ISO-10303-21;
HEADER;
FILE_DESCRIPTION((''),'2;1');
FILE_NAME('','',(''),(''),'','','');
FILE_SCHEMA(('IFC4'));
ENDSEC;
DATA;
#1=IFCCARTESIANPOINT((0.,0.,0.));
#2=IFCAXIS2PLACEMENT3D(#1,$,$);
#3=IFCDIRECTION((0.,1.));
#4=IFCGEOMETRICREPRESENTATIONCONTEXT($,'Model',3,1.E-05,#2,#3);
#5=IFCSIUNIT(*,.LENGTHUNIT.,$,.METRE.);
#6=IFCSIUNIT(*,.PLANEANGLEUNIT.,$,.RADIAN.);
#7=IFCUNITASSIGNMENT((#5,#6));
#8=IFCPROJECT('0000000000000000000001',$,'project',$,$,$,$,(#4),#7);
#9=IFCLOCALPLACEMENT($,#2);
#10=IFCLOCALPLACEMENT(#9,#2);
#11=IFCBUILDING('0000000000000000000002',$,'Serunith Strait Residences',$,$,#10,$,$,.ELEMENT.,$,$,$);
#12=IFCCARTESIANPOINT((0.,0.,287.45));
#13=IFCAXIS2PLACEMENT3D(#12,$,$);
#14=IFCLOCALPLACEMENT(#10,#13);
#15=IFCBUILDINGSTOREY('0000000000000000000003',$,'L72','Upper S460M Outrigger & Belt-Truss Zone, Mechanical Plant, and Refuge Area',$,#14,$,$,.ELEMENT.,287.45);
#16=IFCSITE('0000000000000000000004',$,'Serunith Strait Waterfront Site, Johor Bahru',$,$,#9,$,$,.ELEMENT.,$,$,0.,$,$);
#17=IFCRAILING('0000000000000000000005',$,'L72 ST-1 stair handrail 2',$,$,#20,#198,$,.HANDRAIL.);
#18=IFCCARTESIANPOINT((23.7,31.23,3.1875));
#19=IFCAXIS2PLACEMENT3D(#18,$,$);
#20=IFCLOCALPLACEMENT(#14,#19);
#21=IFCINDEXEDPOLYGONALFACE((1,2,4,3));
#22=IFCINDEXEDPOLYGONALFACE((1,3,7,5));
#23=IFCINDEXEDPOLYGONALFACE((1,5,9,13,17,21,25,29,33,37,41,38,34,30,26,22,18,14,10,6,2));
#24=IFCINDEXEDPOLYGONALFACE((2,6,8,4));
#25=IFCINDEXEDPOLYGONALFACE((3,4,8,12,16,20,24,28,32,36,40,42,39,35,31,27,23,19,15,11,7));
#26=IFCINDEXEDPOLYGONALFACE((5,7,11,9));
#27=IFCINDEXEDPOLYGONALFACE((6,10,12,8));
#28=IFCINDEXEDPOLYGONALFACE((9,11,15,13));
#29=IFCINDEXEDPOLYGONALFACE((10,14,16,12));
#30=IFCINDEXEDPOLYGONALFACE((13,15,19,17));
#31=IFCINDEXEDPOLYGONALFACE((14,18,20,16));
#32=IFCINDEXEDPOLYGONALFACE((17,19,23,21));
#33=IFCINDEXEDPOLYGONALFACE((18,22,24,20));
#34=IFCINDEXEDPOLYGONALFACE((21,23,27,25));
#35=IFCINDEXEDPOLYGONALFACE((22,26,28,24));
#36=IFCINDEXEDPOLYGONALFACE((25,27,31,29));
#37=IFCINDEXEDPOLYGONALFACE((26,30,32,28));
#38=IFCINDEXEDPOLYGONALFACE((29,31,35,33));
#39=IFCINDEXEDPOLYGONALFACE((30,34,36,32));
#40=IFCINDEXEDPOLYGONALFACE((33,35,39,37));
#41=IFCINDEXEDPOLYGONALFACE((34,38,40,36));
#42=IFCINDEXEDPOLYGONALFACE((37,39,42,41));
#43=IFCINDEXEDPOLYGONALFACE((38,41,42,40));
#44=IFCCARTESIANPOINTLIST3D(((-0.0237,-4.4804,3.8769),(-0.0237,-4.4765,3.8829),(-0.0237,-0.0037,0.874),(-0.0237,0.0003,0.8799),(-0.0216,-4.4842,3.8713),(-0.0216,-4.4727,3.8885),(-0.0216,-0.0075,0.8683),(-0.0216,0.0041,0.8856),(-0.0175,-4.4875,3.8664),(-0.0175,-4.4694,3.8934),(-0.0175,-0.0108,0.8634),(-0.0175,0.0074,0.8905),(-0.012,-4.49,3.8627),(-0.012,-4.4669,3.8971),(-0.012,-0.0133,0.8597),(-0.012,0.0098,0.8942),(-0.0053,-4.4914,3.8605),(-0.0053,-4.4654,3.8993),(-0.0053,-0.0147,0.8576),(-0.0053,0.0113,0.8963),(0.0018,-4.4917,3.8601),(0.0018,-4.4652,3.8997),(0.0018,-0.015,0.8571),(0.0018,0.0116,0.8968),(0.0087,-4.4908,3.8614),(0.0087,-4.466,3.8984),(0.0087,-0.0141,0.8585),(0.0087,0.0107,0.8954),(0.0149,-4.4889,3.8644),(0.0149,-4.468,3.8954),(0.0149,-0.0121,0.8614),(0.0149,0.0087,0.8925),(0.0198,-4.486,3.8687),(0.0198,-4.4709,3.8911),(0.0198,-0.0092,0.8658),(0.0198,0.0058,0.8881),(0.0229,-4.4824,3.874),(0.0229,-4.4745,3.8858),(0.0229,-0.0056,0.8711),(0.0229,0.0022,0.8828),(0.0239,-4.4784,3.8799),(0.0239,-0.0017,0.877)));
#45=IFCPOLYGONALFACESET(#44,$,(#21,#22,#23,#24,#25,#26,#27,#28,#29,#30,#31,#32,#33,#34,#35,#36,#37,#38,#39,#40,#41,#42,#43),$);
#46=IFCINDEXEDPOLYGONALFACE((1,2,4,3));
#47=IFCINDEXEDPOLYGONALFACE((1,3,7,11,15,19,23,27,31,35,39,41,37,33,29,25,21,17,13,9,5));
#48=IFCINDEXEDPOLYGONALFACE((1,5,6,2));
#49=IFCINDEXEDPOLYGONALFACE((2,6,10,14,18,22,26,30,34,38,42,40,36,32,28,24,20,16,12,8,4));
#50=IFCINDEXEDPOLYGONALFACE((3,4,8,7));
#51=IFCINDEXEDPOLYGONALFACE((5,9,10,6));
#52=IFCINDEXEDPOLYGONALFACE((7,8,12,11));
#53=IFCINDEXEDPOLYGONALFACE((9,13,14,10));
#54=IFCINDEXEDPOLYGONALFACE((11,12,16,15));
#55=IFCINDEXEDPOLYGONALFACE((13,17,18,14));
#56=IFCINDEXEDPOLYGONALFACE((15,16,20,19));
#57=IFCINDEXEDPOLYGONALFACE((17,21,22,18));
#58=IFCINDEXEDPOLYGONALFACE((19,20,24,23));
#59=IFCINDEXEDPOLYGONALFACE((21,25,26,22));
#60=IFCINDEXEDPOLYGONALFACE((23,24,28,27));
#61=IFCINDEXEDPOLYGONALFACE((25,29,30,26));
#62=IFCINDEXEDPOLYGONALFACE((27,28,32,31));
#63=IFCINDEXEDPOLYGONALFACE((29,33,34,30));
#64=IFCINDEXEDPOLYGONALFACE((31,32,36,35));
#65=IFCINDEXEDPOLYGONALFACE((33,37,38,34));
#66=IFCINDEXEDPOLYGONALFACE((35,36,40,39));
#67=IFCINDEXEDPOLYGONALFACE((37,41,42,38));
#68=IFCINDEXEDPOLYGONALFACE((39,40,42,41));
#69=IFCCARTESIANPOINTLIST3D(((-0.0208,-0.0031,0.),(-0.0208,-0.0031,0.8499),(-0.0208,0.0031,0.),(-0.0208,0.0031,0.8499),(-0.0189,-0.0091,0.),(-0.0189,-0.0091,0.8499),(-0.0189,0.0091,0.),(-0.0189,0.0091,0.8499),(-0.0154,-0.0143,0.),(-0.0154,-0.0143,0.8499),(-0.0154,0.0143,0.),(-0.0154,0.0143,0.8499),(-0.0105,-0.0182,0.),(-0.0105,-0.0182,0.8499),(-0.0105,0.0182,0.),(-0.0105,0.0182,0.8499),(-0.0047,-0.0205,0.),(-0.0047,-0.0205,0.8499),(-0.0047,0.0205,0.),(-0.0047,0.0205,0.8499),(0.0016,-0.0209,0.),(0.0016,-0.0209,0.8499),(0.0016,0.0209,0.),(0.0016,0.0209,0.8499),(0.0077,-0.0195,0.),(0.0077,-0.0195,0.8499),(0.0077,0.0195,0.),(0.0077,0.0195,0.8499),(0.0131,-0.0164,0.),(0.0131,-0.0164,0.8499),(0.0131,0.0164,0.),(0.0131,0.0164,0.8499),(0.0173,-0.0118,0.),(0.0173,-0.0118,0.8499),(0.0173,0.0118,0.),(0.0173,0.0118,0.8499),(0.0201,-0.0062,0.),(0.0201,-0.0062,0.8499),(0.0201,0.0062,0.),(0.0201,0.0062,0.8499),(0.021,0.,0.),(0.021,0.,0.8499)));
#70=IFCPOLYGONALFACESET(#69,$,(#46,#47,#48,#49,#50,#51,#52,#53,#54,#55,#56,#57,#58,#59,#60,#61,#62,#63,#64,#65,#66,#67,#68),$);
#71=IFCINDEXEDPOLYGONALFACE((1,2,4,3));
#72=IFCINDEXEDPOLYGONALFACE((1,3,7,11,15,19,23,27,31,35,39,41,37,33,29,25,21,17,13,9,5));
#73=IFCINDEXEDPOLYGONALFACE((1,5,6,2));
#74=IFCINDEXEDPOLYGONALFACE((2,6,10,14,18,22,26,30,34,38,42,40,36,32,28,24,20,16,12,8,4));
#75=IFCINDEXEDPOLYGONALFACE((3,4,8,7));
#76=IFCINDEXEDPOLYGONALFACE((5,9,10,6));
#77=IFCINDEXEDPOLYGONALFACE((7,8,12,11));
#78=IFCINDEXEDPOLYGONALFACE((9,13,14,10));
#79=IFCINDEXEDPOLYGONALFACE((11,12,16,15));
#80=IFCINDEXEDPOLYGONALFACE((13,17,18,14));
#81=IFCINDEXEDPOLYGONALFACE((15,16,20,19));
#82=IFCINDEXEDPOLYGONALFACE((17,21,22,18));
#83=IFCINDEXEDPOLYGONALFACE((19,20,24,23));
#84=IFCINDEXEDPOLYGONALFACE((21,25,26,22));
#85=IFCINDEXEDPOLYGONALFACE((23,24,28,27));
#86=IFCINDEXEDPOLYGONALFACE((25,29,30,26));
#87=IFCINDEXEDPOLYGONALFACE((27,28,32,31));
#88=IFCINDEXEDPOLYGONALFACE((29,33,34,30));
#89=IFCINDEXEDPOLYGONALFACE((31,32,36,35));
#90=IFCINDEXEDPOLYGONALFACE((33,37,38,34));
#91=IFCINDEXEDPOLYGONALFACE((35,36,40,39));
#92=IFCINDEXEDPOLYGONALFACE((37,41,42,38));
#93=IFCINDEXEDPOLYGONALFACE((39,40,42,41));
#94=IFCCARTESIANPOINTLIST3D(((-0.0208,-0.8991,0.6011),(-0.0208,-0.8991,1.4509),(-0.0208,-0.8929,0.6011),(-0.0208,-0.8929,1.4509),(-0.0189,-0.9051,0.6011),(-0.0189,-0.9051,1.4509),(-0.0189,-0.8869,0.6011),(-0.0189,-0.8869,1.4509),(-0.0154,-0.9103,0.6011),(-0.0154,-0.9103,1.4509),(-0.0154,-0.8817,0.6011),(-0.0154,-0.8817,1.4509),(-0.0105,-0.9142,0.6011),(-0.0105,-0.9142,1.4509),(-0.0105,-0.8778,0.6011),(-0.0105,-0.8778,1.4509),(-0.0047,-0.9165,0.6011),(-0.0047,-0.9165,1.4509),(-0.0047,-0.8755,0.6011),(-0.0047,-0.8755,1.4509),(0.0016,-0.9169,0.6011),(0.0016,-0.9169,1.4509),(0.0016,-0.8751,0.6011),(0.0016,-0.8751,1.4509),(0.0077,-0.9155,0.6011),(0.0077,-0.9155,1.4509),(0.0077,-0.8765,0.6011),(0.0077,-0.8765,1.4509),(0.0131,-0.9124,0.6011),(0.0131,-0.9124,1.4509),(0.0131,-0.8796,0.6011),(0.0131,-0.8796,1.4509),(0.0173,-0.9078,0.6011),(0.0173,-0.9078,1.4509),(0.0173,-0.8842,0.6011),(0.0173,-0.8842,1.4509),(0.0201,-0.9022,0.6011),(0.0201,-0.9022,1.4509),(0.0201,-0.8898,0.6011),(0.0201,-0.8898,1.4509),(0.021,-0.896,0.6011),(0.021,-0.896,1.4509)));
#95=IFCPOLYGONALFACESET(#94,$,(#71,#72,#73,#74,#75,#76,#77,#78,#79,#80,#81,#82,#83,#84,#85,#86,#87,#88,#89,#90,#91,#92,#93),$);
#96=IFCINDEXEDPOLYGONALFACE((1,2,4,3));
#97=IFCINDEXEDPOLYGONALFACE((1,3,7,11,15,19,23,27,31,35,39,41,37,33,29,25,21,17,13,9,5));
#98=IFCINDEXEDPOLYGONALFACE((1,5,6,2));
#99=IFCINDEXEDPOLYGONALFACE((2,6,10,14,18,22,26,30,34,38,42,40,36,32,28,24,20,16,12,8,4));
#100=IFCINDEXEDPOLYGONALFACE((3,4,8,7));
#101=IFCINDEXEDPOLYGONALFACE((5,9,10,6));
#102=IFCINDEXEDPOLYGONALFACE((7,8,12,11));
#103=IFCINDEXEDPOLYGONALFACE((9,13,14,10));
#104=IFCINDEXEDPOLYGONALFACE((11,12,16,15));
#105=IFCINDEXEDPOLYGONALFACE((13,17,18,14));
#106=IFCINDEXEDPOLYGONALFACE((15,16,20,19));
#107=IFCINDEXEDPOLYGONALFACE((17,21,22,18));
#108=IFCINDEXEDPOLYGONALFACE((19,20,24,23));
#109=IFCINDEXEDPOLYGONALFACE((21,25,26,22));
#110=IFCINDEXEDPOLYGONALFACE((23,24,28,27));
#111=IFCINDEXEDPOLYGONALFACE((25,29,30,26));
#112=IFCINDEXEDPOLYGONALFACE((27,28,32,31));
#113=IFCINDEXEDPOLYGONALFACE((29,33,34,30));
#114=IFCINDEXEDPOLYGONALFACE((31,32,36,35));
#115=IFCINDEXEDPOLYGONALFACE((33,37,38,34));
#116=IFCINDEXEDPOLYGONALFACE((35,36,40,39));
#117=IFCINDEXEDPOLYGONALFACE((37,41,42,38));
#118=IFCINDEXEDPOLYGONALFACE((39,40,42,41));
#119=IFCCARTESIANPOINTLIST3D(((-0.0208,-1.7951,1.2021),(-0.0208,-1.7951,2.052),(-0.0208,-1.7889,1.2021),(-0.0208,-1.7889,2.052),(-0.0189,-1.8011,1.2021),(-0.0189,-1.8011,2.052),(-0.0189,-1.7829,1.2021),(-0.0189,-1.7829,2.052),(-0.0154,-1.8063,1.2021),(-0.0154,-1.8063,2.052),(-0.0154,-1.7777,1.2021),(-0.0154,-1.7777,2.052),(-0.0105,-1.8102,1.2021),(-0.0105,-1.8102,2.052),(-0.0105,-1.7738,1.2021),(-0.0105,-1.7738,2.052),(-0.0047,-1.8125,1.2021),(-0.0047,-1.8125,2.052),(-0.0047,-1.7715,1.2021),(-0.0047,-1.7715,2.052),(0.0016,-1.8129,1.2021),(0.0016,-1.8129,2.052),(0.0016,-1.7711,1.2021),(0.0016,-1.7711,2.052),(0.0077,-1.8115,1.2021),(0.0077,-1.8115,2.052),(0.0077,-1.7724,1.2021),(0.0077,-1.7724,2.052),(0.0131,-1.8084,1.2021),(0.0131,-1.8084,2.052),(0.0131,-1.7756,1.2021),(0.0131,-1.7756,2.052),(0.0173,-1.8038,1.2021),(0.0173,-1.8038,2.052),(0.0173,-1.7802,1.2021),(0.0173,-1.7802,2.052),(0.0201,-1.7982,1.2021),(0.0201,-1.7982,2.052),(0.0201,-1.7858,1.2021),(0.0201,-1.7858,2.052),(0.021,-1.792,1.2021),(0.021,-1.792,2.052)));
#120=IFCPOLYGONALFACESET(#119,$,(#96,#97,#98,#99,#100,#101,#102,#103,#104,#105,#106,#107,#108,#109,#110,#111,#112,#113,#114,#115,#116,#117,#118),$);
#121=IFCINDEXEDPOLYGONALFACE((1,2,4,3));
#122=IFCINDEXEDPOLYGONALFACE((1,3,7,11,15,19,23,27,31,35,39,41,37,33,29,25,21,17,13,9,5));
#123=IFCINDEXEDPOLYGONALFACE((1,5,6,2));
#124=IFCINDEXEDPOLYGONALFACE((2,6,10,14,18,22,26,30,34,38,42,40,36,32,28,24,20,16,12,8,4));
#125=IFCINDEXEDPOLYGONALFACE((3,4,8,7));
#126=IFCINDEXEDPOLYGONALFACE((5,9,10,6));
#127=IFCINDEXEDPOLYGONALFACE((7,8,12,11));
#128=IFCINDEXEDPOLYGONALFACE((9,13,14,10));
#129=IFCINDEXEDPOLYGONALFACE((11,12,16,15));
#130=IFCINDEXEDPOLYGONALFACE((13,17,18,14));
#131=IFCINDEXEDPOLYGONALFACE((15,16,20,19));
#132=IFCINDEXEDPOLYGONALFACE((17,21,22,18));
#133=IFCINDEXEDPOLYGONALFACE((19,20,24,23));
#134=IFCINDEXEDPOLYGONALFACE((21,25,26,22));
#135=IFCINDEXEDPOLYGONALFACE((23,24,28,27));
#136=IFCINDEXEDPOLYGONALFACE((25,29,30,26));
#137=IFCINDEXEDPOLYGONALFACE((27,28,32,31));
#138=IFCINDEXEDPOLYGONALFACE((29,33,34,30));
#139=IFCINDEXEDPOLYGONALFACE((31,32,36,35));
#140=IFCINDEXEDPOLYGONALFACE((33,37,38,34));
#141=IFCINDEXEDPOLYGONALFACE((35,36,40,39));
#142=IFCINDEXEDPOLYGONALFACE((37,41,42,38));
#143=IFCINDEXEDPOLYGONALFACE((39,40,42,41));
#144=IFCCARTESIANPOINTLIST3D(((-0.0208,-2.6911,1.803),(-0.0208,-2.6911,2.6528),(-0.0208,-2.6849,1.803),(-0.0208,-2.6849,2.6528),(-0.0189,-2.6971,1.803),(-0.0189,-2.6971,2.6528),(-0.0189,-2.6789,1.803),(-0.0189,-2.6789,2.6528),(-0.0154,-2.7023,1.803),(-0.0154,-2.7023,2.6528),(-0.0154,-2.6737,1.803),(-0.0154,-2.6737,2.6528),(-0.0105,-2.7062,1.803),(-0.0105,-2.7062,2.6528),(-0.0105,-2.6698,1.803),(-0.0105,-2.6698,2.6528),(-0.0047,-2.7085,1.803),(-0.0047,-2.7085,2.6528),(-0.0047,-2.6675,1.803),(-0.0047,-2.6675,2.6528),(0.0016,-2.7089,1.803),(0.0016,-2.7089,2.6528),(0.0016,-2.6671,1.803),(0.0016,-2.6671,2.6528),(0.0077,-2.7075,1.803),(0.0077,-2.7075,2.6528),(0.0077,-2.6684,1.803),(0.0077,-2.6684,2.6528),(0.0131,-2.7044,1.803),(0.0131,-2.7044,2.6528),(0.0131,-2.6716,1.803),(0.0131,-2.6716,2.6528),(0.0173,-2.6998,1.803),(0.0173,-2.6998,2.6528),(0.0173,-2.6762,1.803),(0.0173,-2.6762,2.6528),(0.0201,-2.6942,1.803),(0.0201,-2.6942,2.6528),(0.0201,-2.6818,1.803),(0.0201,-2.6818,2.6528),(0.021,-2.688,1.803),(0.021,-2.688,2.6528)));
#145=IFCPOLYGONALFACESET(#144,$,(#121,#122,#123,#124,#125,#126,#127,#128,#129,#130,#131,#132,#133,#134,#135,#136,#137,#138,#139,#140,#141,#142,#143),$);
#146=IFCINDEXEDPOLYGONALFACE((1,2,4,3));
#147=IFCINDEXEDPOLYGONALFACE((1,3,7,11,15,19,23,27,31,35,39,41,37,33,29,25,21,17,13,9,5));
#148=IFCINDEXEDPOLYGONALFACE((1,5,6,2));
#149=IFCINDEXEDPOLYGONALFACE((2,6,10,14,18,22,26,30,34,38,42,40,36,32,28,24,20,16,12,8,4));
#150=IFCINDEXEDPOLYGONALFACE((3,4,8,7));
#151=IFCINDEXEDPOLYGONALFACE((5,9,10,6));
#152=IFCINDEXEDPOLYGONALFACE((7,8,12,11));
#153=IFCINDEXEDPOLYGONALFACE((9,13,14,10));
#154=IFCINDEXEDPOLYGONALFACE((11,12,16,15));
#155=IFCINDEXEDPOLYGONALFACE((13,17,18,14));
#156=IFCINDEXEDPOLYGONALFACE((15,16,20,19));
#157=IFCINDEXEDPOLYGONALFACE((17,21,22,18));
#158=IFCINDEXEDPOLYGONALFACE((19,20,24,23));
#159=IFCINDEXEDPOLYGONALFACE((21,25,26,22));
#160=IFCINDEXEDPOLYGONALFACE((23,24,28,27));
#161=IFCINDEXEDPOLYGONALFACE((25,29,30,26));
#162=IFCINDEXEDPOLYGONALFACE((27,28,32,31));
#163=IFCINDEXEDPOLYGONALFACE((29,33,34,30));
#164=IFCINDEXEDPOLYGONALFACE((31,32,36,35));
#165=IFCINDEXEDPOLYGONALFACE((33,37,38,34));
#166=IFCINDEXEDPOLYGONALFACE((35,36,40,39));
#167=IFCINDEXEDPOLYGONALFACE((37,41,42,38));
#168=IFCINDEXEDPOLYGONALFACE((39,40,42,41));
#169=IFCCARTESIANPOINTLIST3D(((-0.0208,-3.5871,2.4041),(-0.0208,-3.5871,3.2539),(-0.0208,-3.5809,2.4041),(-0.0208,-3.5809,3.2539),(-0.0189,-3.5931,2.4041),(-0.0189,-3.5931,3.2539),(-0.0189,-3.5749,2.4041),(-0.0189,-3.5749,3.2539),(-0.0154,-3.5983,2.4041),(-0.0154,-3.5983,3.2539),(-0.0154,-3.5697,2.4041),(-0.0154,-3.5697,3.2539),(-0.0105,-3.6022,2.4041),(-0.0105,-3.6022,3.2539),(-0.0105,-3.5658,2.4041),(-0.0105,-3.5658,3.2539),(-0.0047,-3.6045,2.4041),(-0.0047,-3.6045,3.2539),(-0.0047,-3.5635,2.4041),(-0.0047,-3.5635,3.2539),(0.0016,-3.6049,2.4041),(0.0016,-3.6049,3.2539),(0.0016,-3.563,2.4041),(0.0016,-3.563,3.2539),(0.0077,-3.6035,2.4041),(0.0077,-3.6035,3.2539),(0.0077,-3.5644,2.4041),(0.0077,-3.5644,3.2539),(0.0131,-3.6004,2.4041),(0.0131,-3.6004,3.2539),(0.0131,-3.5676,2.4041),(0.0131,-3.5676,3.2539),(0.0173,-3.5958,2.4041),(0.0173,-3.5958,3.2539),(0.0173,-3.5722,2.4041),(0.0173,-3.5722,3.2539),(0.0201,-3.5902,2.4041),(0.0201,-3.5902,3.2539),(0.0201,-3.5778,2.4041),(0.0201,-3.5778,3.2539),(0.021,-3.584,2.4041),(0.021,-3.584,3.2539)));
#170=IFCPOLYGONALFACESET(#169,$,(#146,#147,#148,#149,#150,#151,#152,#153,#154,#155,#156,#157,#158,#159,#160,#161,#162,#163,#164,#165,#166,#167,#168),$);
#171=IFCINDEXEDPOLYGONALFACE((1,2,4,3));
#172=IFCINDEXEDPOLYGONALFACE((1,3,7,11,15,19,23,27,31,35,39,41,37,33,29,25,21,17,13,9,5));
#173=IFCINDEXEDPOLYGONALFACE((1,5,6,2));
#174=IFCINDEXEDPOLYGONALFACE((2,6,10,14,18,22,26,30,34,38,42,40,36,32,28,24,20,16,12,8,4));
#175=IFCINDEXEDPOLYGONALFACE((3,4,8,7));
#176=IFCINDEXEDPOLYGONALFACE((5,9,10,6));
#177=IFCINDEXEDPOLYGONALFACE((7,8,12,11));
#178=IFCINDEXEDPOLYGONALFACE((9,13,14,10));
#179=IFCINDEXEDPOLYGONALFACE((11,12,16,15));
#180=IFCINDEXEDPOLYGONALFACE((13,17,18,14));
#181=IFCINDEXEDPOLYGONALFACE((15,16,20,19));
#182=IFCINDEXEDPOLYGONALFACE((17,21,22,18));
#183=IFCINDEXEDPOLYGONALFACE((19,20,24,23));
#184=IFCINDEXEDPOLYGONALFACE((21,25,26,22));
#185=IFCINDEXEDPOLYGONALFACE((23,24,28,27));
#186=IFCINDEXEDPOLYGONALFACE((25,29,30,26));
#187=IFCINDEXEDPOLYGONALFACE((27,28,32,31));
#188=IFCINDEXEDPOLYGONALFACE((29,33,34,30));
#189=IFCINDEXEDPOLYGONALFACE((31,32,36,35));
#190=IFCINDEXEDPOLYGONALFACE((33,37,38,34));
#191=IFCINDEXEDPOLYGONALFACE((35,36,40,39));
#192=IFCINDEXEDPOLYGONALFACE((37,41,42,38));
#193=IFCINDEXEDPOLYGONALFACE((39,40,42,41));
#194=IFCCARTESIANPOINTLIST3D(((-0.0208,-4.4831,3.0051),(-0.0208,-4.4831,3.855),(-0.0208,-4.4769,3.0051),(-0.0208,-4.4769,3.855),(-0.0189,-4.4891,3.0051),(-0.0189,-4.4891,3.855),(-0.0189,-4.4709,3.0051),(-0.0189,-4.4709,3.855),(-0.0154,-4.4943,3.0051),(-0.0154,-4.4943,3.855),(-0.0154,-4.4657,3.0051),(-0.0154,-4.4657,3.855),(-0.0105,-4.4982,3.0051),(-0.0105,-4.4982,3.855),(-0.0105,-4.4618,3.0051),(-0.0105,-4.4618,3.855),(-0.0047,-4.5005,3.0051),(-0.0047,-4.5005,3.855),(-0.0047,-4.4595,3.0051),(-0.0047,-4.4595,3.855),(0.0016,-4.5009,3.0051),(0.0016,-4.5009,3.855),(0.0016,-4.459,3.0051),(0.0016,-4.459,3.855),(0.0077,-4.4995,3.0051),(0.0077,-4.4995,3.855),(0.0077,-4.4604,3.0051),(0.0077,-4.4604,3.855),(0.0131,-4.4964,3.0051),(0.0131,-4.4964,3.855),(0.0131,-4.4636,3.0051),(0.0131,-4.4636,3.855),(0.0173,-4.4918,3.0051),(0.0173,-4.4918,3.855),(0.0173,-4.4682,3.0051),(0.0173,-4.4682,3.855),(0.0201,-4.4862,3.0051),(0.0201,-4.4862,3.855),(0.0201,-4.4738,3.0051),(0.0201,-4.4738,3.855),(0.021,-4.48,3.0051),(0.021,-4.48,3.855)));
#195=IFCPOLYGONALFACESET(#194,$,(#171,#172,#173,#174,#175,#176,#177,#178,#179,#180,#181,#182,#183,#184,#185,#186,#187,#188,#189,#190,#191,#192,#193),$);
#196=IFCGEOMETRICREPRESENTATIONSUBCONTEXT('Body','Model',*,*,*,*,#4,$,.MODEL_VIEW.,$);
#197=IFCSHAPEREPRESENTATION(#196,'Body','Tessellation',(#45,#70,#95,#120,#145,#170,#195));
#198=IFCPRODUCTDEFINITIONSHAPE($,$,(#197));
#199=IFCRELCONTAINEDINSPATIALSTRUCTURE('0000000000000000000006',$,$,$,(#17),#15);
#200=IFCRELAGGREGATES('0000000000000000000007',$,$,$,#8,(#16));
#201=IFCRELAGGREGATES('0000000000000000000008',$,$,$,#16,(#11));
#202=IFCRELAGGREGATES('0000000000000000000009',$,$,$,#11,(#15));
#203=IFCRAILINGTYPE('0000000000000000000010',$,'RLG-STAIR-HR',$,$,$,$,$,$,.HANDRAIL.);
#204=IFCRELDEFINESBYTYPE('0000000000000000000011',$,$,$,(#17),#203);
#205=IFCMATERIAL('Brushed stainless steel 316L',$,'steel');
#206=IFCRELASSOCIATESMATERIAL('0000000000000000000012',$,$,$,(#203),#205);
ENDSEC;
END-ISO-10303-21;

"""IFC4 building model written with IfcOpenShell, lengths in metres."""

from ifc_helpers import new_model, si_unit, direction, frame, origin, origin_2d, place, context, subcontext, project, spatial, circle, extrude, material, type_object, element, save


model = new_model("IFC4")

# Units and contexts
model_context = context("Model", 3, precision=1e-05, world=origin(), true_north=direction((0.0, 1.0)))
body_context = subcontext(model_context, "Body", "Model", "MODEL_VIEW")
ifc_project = project(units=[si_unit("LENGTHUNIT", "METRE"), si_unit("PLANEANGLEUNIT", "RADIAN")], contexts=[model_context])

# Site, building, storey
site_placement = place(None, origin())
site = spatial("IfcSite", under=ifc_project, at=site_placement, Name="Serunith Strait Waterfront Site, Johor Bahru", CompositionType="ELEMENT", RefElevation=0.0)
building_placement = place(site_placement, origin())
building = spatial("IfcBuilding", under=site, at=building_placement, Name="Serunith Strait Residences", CompositionType="ELEMENT")
storey_placement = place(building_placement, frame((0.0, 0.0, 287.45)))
storey = spatial("IfcBuildingStorey", under=building, at=storey_placement, Name="L72", Description="Upper S460M Outrigger & Belt-Truss Zone, Mechanical Plant, and Refuge Area", CompositionType="ELEMENT", Elevation=287.45)

# Railing
ifc_material_1 = material(Name="Brushed stainless steel 316L", Category="steel")
railing_type_1 = type_object("IfcRailingType", Name="RLG-STAIR-HR", PredefinedType="HANDRAIL", material=ifc_material_1)
railing_1_placement = place(storey_placement, frame((23.7, 31.23, 3.1875)))
element("IfcRailing", 1, at=railing_1_placement, inside=storey, type_object=railing_type_1, Name="L72 ST-1 stair handrail 2", PredefinedType="HANDRAIL", context=body_context, shape_type="SweptSolid", body=[
    extrude(circle(Radius=0.0239, at=origin_2d()), frame((0.0, -0.0017, 0.877), z_axis=(0.0, -0.830466, 0.557069), x_axis=(1.0, 0.0, 0.0)), (0.0, 0.0, 1.0), 5.3906),
    extrude(circle(Radius=0.021, at=origin_2d()), origin(), (0.0, 0.0, 1.0), 0.8499),
    extrude(circle(Radius=0.021, at=origin_2d()), frame((0.0, -0.896, 0.6011)), (0.0, 0.0, 1.0), 0.8499),
    extrude(circle(Radius=0.021, at=origin_2d()), frame((0.0, -1.792, 1.2021)), (0.0, 0.0, 1.0), 0.8499),
    extrude(circle(Radius=0.021, at=origin_2d()), frame((0.0, -2.688, 1.803)), (0.0, 0.0, 1.0), 0.8499),
    extrude(circle(Radius=0.021, at=origin_2d()), frame((0.0, -3.584, 2.4041)), (0.0, 0.0, 1.0), 0.8499),
    extrude(circle(Radius=0.021, at=origin_2d()), frame((0.0, -4.48, 3.0051)), (0.0, 0.0, 1.0), 0.8499),
])

save(model, "model.ifc")
